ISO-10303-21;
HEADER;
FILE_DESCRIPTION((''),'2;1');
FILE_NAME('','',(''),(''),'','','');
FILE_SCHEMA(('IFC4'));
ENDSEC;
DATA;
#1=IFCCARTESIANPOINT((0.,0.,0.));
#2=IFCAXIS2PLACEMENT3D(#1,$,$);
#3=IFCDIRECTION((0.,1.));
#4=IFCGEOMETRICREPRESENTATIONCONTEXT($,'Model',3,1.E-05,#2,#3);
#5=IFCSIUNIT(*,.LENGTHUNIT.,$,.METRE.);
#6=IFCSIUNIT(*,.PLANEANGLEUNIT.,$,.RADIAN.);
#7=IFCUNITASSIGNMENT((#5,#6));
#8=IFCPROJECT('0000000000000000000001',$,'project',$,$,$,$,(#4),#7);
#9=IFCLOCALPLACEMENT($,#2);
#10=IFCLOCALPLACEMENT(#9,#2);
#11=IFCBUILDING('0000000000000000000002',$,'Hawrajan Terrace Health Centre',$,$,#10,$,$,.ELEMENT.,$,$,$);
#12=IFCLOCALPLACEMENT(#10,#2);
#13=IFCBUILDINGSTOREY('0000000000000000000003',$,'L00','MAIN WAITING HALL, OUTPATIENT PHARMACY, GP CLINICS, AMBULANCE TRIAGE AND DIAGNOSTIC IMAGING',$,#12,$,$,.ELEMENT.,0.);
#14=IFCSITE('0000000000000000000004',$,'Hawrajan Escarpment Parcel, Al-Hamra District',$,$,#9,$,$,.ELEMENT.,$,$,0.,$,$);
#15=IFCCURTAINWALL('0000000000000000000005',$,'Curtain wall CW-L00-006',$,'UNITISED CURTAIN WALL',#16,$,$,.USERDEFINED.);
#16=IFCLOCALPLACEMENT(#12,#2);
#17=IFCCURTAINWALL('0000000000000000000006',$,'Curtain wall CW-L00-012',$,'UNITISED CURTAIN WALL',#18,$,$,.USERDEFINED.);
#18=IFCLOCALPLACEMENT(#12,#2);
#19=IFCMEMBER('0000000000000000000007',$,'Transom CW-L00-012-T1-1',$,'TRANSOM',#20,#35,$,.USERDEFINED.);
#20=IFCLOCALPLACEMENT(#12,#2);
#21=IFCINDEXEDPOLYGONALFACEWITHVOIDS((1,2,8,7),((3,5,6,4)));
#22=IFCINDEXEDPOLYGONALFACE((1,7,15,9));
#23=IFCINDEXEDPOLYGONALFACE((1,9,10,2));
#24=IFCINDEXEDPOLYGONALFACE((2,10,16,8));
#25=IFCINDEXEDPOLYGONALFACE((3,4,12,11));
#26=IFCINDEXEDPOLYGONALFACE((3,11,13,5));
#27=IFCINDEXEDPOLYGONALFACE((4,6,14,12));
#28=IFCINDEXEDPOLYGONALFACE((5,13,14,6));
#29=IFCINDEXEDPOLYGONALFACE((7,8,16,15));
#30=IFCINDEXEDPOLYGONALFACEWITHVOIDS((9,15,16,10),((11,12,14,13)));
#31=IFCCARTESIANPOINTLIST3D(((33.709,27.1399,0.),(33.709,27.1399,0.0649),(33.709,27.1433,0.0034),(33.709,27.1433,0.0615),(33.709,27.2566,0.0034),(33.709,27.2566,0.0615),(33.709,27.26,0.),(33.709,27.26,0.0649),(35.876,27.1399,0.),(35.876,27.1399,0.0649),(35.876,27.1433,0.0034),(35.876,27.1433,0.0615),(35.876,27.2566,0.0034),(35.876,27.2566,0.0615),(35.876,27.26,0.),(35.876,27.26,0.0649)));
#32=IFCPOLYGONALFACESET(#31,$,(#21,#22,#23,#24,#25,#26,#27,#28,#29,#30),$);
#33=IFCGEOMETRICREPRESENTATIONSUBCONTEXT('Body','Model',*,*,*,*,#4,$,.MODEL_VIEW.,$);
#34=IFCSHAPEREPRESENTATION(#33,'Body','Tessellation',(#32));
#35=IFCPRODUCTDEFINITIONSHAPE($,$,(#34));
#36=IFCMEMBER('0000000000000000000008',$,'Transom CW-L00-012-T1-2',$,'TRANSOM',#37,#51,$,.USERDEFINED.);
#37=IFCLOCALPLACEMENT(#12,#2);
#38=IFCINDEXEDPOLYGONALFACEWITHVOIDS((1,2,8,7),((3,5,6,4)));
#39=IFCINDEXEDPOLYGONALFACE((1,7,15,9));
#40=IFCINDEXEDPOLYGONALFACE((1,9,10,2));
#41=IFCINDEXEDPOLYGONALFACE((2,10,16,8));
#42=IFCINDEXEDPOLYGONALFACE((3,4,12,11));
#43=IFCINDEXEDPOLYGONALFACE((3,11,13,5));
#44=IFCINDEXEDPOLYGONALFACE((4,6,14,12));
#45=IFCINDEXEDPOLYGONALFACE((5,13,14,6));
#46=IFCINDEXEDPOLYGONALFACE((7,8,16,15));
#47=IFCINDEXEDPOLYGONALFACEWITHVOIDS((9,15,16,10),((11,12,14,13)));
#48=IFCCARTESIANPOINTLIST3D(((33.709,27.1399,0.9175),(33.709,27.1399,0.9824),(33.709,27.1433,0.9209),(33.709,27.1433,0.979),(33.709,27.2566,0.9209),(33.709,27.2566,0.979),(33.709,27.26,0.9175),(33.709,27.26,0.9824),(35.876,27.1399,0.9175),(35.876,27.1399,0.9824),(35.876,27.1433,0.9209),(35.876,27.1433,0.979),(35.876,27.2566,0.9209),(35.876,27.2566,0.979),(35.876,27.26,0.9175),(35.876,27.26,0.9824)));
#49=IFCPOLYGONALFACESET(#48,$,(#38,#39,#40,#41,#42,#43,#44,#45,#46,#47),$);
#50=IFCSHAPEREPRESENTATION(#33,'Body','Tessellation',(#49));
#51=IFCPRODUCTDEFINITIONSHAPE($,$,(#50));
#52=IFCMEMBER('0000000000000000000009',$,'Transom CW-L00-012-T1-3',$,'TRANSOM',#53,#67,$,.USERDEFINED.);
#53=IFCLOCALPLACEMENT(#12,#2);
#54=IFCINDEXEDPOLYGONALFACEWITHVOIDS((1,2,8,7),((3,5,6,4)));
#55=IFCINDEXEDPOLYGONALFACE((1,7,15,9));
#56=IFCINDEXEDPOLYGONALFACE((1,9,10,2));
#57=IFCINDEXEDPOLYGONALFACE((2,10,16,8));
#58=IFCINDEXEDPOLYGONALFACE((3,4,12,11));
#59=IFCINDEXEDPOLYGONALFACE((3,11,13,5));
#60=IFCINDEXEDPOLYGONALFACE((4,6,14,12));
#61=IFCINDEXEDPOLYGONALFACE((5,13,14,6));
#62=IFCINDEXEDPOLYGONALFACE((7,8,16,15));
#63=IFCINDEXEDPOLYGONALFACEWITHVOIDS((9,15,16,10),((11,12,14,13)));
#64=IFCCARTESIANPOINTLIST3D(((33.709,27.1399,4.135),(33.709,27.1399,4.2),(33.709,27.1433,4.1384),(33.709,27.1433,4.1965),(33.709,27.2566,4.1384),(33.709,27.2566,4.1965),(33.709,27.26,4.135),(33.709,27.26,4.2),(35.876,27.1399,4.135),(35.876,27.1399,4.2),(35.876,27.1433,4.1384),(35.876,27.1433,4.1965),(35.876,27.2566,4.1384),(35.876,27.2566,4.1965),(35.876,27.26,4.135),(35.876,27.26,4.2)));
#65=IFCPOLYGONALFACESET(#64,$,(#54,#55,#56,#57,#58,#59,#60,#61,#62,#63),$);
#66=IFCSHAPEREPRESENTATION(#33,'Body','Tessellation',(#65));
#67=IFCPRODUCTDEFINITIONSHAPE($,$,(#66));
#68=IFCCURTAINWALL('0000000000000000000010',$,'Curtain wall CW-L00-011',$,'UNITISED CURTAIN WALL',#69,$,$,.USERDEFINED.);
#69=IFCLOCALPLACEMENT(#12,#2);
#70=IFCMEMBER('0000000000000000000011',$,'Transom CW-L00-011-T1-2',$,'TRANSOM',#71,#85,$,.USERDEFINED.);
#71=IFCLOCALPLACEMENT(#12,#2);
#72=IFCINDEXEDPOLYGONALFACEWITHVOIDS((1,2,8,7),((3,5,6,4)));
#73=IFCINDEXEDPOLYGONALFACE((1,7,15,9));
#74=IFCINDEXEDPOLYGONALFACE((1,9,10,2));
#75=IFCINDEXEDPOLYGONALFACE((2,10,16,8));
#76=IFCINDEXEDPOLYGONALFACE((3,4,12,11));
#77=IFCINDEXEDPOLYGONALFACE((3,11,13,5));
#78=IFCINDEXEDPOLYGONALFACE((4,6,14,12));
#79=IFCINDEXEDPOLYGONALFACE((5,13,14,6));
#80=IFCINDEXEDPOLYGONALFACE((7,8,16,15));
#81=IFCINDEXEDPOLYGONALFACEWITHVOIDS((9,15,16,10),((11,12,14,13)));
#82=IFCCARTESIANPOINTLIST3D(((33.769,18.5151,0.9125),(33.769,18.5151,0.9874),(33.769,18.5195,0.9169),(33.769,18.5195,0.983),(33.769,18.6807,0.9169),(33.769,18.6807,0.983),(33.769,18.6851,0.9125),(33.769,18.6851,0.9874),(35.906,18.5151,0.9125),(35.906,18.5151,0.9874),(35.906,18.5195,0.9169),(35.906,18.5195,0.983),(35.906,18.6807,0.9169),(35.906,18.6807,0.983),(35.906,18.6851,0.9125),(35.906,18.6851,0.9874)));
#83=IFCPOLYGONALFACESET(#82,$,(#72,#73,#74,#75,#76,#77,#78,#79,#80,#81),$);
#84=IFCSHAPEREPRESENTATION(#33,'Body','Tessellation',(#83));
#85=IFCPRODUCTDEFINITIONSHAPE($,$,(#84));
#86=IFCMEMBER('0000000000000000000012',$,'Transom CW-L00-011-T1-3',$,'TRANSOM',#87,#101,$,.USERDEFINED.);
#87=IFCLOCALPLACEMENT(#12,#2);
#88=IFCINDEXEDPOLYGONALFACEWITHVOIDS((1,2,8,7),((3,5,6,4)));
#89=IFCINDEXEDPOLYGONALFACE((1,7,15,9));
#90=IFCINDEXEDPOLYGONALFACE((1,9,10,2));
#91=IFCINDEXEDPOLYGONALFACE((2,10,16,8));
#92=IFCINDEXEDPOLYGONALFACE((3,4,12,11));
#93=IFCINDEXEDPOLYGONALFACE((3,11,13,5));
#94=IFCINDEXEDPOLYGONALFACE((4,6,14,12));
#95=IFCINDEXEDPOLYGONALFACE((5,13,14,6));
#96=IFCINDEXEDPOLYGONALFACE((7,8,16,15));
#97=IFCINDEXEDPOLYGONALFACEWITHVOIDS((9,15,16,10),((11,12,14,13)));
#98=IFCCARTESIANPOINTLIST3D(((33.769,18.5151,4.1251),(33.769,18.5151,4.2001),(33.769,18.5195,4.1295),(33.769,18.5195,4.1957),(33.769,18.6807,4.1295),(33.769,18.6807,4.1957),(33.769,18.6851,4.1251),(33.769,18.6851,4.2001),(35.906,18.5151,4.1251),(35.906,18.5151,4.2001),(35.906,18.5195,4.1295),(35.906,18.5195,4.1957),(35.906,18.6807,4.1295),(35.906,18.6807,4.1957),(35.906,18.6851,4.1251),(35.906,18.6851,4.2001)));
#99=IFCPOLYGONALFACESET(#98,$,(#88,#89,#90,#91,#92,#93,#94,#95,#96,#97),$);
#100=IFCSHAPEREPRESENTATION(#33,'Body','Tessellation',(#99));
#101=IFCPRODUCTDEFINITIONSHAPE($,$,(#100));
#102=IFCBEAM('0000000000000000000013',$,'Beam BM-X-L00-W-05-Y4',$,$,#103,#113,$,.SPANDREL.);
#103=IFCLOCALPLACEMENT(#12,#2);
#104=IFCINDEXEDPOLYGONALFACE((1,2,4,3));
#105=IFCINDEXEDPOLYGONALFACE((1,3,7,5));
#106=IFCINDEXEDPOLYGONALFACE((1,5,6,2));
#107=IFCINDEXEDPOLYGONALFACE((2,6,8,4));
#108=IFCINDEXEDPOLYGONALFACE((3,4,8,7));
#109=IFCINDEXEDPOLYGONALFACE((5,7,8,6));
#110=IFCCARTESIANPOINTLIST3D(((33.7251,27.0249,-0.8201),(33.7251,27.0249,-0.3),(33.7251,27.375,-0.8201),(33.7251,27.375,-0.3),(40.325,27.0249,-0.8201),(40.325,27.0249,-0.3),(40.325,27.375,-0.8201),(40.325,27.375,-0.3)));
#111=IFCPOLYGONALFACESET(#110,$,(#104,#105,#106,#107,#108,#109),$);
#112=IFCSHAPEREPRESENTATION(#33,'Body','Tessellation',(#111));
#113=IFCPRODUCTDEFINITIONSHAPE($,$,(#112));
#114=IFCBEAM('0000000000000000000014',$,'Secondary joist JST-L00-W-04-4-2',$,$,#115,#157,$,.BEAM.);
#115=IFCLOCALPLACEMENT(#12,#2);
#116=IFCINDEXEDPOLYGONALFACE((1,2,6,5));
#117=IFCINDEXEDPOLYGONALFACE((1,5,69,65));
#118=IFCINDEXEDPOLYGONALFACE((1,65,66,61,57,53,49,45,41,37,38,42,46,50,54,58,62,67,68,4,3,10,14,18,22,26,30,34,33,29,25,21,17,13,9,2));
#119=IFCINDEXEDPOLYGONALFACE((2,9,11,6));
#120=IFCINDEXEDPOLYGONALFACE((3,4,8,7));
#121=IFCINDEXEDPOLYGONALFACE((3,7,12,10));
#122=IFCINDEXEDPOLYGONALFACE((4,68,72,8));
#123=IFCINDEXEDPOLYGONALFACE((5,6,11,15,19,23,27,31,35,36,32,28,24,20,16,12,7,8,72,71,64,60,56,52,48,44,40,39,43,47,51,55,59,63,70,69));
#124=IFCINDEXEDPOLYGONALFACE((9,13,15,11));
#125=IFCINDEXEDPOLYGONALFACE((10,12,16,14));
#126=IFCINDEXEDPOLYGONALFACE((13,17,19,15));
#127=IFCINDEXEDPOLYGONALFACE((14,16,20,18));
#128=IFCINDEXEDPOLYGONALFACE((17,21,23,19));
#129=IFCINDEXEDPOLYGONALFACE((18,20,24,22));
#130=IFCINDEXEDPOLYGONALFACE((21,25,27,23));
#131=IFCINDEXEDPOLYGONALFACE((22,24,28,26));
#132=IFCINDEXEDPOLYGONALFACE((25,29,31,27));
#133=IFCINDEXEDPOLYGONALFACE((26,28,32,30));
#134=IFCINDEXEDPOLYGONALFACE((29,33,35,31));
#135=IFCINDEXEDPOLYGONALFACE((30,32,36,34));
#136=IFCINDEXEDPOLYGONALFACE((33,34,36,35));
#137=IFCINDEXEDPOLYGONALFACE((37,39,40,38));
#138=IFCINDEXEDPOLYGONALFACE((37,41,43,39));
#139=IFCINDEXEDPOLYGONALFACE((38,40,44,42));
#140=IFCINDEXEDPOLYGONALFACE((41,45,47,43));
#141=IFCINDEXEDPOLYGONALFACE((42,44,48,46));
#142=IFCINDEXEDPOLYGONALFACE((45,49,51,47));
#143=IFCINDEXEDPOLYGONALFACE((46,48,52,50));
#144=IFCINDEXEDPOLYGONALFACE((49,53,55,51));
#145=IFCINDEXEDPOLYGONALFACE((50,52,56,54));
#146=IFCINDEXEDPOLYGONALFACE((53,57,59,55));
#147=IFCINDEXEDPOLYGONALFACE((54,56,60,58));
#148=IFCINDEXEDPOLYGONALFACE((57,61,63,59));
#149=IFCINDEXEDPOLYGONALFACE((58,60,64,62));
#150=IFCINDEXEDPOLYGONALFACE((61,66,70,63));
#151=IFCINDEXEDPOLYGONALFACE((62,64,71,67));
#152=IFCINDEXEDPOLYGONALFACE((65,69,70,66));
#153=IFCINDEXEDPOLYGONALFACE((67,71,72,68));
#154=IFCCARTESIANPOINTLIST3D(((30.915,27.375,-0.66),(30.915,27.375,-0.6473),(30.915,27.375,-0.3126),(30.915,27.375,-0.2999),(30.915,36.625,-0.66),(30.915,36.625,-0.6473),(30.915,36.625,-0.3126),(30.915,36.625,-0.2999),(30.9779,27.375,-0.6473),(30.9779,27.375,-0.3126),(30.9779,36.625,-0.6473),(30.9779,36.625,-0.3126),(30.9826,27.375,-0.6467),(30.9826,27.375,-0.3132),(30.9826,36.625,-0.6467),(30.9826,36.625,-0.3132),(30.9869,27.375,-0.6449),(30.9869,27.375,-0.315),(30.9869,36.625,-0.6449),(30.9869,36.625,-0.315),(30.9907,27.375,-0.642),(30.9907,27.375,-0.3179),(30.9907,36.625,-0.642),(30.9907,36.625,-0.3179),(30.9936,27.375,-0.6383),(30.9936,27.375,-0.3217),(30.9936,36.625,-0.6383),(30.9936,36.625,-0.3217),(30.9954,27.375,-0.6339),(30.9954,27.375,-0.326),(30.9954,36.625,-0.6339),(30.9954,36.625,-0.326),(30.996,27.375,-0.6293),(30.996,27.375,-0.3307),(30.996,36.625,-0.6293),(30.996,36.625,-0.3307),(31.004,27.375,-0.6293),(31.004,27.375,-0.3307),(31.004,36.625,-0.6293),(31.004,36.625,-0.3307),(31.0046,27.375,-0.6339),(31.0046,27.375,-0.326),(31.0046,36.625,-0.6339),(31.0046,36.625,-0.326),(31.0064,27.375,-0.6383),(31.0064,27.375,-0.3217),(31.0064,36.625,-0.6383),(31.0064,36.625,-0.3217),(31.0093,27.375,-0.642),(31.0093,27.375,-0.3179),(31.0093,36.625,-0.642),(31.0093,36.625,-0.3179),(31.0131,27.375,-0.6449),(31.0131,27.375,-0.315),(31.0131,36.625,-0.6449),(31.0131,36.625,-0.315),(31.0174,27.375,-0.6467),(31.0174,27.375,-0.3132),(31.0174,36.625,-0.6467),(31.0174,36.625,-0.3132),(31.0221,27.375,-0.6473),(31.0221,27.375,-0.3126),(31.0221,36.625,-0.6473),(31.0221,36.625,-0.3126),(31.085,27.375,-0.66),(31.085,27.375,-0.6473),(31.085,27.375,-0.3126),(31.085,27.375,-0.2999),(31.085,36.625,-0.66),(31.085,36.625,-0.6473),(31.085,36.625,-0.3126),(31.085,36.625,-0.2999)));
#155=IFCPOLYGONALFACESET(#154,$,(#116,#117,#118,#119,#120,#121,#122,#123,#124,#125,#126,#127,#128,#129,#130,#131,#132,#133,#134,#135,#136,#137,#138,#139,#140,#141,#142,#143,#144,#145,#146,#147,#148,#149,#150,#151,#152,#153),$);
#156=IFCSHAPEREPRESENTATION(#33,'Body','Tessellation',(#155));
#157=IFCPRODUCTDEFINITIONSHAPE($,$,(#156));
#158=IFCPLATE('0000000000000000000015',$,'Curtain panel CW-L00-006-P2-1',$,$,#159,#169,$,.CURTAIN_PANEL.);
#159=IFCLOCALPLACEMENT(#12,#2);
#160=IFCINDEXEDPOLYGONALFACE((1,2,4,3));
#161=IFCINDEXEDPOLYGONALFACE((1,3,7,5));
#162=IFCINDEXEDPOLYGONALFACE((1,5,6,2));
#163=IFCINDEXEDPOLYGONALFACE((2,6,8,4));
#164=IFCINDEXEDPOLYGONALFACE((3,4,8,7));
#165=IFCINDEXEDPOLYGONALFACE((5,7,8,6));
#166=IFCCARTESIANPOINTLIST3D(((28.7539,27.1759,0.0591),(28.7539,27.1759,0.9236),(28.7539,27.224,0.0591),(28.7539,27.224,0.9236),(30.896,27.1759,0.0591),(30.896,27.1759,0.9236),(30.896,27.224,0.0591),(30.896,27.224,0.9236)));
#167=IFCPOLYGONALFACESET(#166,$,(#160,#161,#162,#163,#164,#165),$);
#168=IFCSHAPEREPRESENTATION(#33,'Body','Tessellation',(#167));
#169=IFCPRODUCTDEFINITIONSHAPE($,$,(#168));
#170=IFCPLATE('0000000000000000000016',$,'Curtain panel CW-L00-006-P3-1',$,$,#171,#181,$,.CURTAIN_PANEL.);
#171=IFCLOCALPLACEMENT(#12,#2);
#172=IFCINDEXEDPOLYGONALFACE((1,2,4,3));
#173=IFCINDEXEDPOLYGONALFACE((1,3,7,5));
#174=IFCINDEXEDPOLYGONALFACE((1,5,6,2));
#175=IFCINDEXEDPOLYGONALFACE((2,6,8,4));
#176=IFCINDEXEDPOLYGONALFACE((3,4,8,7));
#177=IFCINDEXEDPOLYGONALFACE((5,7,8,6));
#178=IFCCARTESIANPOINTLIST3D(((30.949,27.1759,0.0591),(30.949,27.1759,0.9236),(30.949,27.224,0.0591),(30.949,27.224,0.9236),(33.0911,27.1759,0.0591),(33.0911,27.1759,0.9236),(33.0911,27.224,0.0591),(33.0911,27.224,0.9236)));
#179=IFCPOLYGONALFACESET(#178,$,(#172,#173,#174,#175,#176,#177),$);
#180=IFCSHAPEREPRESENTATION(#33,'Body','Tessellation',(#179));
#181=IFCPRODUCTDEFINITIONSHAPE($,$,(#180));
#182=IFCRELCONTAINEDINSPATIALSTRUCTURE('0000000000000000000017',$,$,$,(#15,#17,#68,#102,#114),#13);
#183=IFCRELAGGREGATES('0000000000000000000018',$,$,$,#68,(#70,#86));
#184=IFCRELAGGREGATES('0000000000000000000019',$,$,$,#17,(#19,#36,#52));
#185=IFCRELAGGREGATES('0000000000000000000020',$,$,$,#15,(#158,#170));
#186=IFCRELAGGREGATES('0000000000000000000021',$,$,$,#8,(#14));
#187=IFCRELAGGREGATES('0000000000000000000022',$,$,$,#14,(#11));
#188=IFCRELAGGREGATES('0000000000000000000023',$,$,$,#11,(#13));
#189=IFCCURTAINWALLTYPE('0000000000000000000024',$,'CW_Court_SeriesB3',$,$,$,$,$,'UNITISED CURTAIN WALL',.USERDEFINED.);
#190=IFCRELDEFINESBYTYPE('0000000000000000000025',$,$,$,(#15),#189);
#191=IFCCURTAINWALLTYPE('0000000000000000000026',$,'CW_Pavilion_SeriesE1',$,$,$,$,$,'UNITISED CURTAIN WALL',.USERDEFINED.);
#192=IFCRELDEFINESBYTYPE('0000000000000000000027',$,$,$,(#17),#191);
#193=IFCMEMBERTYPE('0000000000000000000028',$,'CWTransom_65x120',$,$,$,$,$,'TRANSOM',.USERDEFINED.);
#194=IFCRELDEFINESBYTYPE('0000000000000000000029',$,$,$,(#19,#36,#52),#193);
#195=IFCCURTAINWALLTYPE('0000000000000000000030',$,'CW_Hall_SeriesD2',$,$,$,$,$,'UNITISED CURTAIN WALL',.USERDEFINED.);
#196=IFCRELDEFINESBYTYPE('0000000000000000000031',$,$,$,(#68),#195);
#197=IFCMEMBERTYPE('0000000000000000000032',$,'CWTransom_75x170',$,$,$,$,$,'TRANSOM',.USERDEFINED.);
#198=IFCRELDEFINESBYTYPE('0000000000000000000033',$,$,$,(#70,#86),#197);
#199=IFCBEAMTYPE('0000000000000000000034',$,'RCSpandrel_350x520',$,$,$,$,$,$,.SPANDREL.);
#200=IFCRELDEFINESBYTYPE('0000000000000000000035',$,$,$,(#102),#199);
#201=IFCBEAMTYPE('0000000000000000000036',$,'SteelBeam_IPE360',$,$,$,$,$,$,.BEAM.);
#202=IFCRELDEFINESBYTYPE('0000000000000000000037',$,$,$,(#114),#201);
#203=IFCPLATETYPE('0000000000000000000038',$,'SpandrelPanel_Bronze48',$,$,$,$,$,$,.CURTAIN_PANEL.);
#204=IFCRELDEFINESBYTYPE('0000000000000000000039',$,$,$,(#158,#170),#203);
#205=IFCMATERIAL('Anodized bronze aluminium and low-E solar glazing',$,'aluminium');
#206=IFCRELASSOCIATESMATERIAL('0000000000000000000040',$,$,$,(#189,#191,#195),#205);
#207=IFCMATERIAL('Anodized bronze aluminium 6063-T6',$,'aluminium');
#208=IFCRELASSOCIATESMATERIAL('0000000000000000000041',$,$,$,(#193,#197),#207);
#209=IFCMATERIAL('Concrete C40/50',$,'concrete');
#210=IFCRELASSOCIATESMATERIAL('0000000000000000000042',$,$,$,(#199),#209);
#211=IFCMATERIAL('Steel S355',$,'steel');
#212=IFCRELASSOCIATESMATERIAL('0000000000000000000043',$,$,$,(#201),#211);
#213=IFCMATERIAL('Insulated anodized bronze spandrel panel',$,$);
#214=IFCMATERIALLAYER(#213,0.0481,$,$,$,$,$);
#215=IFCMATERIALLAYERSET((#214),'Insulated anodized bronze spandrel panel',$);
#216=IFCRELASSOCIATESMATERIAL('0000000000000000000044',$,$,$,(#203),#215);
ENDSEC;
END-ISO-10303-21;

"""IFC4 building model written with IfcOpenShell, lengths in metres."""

from ifc_helpers import new_model, si_unit, direction, frame, origin, origin_2d, place, context, subcontext, project, spatial, rectangle, hollow_rectangle, i_section, extrude, material, layer, layer_set, material_profile, profile_set, type_object, element, aggregate, save


model = new_model("IFC4")

# Units and contexts
model_context = context("Model", 3, precision=1e-05, world=origin(), true_north=direction((0.0, 1.0)))
body_context = subcontext(model_context, "Body", "Model", "MODEL_VIEW")
ifc_project = project(units=[si_unit("LENGTHUNIT", "METRE"), si_unit("PLANEANGLEUNIT", "RADIAN")], contexts=[model_context])

# Site, building, storey
site_placement = place(None, origin())
site = spatial("IfcSite", under=ifc_project, at=site_placement, Name="Hawrajan Escarpment Parcel, Al-Hamra District", CompositionType="ELEMENT", RefElevation=0.0)
building_placement = place(site_placement, origin())
building = spatial("IfcBuilding", under=site, at=building_placement, Name="Hawrajan Terrace Health Centre", CompositionType="ELEMENT")
storey_placement = place(building_placement, origin())
storey = spatial("IfcBuildingStorey", under=building, at=storey_placement, Name="L00", Description="MAIN WAITING HALL, OUTPATIENT PHARMACY, GP CLINICS, AMBULANCE TRIAGE AND DIAGNOSTIC IMAGING", CompositionType="ELEMENT", Elevation=0.0)

# Shared definitions
ifc_material_1 = material(Name="Concrete C40/50", Category="concrete")

# Curtain wall
ifc_material_2 = material(Name="Anodized bronze aluminium and low-E solar glazing", Category="aluminium")
curtain_wall_type_1 = type_object("IfcCurtainWallType", Name="CW_Court_SeriesB3", ElementType="UNITISED CURTAIN WALL", PredefinedType="USERDEFINED", material=ifc_material_2)
curtain_wall_1_placement = place(storey_placement, origin())
curtain_wall_1 = element("IfcCurtainWall", 1, at=curtain_wall_1_placement, inside=storey, type_object=curtain_wall_type_1, Name="Curtain wall CW-L00-006", ObjectType="UNITISED CURTAIN WALL", PredefinedType="USERDEFINED")
ifc_material_3 = material(Name="Anodized bronze aluminium 6063-T6", Category="aluminium")

# Curtain wall
curtain_wall_type_2 = type_object("IfcCurtainWallType", Name="CW_Pavilion_SeriesE1", ElementType="UNITISED CURTAIN WALL", PredefinedType="USERDEFINED", material=ifc_material_2)
curtain_wall_2_placement = place(storey_placement, origin())
curtain_wall_2 = element("IfcCurtainWall", 2, at=curtain_wall_2_placement, inside=storey, type_object=curtain_wall_type_2, Name="Curtain wall CW-L00-012", ObjectType="UNITISED CURTAIN WALL", PredefinedType="USERDEFINED")

# Members
ifc_material_profile_1 = material_profile(ifc_material_3, hollow_rectangle(XDim=0.0649, YDim=0.1201, WallThickness=0.0034, at=origin_2d()), Name="CW TRN 65x120")
ifc_profile_set_1 = profile_set([ifc_material_profile_1], Name="Anodized bronze aluminium 6063-T6")
member_type_1 = type_object("IfcMemberType", Name="CWTransom_65x120", ElementType="TRANSOM", PredefinedType="USERDEFINED", material=ifc_profile_set_1)
member_1_placement = place(storey_placement, frame((33.709, 27.2, 0.0325), z_axis=(1.0, 0.0, 0.0), x_axis=(0.0, 0.0, 1.0)))
member_1 = element("IfcMember", 3, at=member_1_placement, type_object=member_type_1, Name="Transom CW-L00-012-T1-1", ObjectType="TRANSOM", PredefinedType="USERDEFINED", context=body_context, shape_type="SweptSolid", body=[
    extrude(hollow_rectangle(XDim=0.0649, YDim=0.1201, WallThickness=0.0034, at=origin_2d()), origin(), (0.0, 0.0, 1.0), 2.167),
])
member_2_placement = place(storey_placement, frame((33.709, 27.2, 0.95), z_axis=(1.0, 0.0, 0.0), x_axis=(0.0, 0.0, 1.0)))
member_2 = element("IfcMember", 4, at=member_2_placement, type_object=member_type_1, Name="Transom CW-L00-012-T1-2", ObjectType="TRANSOM", PredefinedType="USERDEFINED", context=body_context, shape_type="SweptSolid", body=[
    extrude(hollow_rectangle(XDim=0.0649, YDim=0.1201, WallThickness=0.0034, at=origin_2d()), origin(), (0.0, 0.0, 1.0), 2.167),
])
member_3_placement = place(storey_placement, frame((33.709, 27.2, 4.1675), z_axis=(1.0, 0.0, 0.0), x_axis=(0.0, 0.0, 1.0)))
member_3 = element("IfcMember", 5, at=member_3_placement, type_object=member_type_1, Name="Transom CW-L00-012-T1-3", ObjectType="TRANSOM", PredefinedType="USERDEFINED", context=body_context, shape_type="SweptSolid", body=[
    extrude(hollow_rectangle(XDim=0.0649, YDim=0.1201, WallThickness=0.0034, at=origin_2d()), origin(), (0.0, 0.0, 1.0), 2.167),
])

# Curtain wall, members
curtain_wall_type_3 = type_object("IfcCurtainWallType", Name="CW_Hall_SeriesD2", ElementType="UNITISED CURTAIN WALL", PredefinedType="USERDEFINED", material=ifc_material_2)
curtain_wall_3_placement = place(storey_placement, origin())
curtain_wall_3 = element("IfcCurtainWall", 6, at=curtain_wall_3_placement, inside=storey, type_object=curtain_wall_type_3, Name="Curtain wall CW-L00-011", ObjectType="UNITISED CURTAIN WALL", PredefinedType="USERDEFINED")
ifc_material_profile_2 = material_profile(ifc_material_3, hollow_rectangle(XDim=0.075, YDim=0.1699, WallThickness=0.0044, at=origin_2d()), Name="CW TRN 75x170")
ifc_profile_set_2 = profile_set([ifc_material_profile_2], Name="Anodized bronze aluminium 6063-T6")
member_type_2 = type_object("IfcMemberType", Name="CWTransom_75x170", ElementType="TRANSOM", PredefinedType="USERDEFINED", material=ifc_profile_set_2)
member_4_placement = place(storey_placement, frame((33.769, 18.6001, 0.95), z_axis=(1.0, 0.0, 0.0), x_axis=(0.0, 0.0, 1.0)))
member_4 = element("IfcMember", 7, at=member_4_placement, type_object=member_type_2, Name="Transom CW-L00-011-T1-2", ObjectType="TRANSOM", PredefinedType="USERDEFINED", context=body_context, shape_type="SweptSolid", body=[
    extrude(hollow_rectangle(XDim=0.075, YDim=0.1699, WallThickness=0.0044, at=origin_2d()), origin(), (0.0, 0.0, 1.0), 2.137),
])
member_5_placement = place(storey_placement, frame((33.769, 18.6001, 4.1626), z_axis=(1.0, 0.0, 0.0), x_axis=(0.0, 0.0, 1.0)))
member_5 = element("IfcMember", 8, at=member_5_placement, type_object=member_type_2, Name="Transom CW-L00-011-T1-3", ObjectType="TRANSOM", PredefinedType="USERDEFINED", context=body_context, shape_type="SweptSolid", body=[
    extrude(hollow_rectangle(XDim=0.075, YDim=0.1699, WallThickness=0.0044, at=origin_2d()), origin(), (0.0, 0.0, 1.0), 2.137),
])
aggregate(curtain_wall_3, [member_4, member_5])

# Beams
ifc_material_profile_3 = material_profile(ifc_material_1, rectangle(XDim=0.3501, YDim=0.52, at=origin_2d()), Name="RC SP 350x520")
ifc_profile_set_3 = profile_set([ifc_material_profile_3], Name="Concrete C40/50")
beam_type_1 = type_object("IfcBeamType", Name="RCSpandrel_350x520", PredefinedType="SPANDREL", material=ifc_profile_set_3)
beam_1_placement = place(storey_placement, frame((33.7251, 27.2, -0.5601), z_axis=(1.0, 0.0, 0.0), x_axis=(0.0, 1.0, 0.0)))
element("IfcBeam", 9, at=beam_1_placement, inside=storey, type_object=beam_type_1, Name="Beam BM-X-L00-W-05-Y4", PredefinedType="SPANDREL", context=body_context, shape_type="SweptSolid", body=[
    extrude(rectangle(XDim=0.3501, YDim=0.52, at=origin_2d()), origin(), (0.0, 0.0, 1.0), 6.5999),
])
ifc_material_4 = material(Name="Steel S355", Category="steel")
ifc_material_profile_4 = material_profile(ifc_material_4, i_section(OverallWidth=0.1699, OverallDepth=0.3601, WebThickness=0.0081, FlangeThickness=0.0127, FilletRadius=0.0181, at=origin_2d()), Name="IPE 360")
ifc_profile_set_4 = profile_set([ifc_material_profile_4], Name="Steel S355")
beam_type_2 = type_object("IfcBeamType", Name="SteelBeam_IPE360", PredefinedType="BEAM", material=ifc_profile_set_4)
beam_2_placement = place(storey_placement, frame((31.0, 27.375, -0.48), z_axis=(0.0, 1.0, 0.0), x_axis=(-1.0, 0.0, 0.0)))
element("IfcBeam", 10, at=beam_2_placement, inside=storey, type_object=beam_type_2, Name="Secondary joist JST-L00-W-04-4-2", PredefinedType="BEAM", context=body_context, shape_type="SweptSolid", body=[
    extrude(i_section(OverallWidth=0.1699, OverallDepth=0.3601, WebThickness=0.0081, FlangeThickness=0.0127, FilletRadius=0.0181, at=origin_2d()), origin(), (0.0, 0.0, 1.0), 9.25),
])

# Plates
ifc_material_5 = material(Name="Insulated anodized bronze spandrel panel")
ifc_layer_1 = layer(ifc_material_5, 0.0481)
ifc_layer_set_1 = layer_set([ifc_layer_1], Name="Insulated anodized bronze spandrel panel")
plate_type_1 = type_object("IfcPlateType", Name="SpandrelPanel_Bronze48", PredefinedType="CURTAIN_PANEL", material=ifc_layer_set_1)
plate_1_placement = place(storey_placement, frame((29.825, 27.2, 0.0591), z_axis=(0.0, 0.0, 1.0), x_axis=(1.0, 0.0, 0.0)))
plate_1 = element("IfcPlate", 11, at=plate_1_placement, type_object=plate_type_1, Name="Curtain panel CW-L00-006-P2-1", PredefinedType="CURTAIN_PANEL", context=body_context, shape_type="SweptSolid", body=[
    extrude(rectangle(XDim=2.1421, YDim=0.0481, at=origin_2d()), origin(), (0.0, 0.0, 1.0), 0.8645),
])
plate_2_placement = place(storey_placement, frame((32.02, 27.2, 0.0591), z_axis=(0.0, 0.0, 1.0), x_axis=(1.0, 0.0, 0.0)))
plate_2 = element("IfcPlate", 12, at=plate_2_placement, type_object=plate_type_1, Name="Curtain panel CW-L00-006-P3-1", PredefinedType="CURTAIN_PANEL", context=body_context, shape_type="SweptSolid", body=[
    extrude(rectangle(XDim=2.1421, YDim=0.0481, at=origin_2d()), origin(), (0.0, 0.0, 1.0), 0.8645),
])
aggregate(curtain_wall_2, [member_1, member_2, member_3])
aggregate(curtain_wall_1, [plate_1, plate_2])

save(model, "model.ifc")
